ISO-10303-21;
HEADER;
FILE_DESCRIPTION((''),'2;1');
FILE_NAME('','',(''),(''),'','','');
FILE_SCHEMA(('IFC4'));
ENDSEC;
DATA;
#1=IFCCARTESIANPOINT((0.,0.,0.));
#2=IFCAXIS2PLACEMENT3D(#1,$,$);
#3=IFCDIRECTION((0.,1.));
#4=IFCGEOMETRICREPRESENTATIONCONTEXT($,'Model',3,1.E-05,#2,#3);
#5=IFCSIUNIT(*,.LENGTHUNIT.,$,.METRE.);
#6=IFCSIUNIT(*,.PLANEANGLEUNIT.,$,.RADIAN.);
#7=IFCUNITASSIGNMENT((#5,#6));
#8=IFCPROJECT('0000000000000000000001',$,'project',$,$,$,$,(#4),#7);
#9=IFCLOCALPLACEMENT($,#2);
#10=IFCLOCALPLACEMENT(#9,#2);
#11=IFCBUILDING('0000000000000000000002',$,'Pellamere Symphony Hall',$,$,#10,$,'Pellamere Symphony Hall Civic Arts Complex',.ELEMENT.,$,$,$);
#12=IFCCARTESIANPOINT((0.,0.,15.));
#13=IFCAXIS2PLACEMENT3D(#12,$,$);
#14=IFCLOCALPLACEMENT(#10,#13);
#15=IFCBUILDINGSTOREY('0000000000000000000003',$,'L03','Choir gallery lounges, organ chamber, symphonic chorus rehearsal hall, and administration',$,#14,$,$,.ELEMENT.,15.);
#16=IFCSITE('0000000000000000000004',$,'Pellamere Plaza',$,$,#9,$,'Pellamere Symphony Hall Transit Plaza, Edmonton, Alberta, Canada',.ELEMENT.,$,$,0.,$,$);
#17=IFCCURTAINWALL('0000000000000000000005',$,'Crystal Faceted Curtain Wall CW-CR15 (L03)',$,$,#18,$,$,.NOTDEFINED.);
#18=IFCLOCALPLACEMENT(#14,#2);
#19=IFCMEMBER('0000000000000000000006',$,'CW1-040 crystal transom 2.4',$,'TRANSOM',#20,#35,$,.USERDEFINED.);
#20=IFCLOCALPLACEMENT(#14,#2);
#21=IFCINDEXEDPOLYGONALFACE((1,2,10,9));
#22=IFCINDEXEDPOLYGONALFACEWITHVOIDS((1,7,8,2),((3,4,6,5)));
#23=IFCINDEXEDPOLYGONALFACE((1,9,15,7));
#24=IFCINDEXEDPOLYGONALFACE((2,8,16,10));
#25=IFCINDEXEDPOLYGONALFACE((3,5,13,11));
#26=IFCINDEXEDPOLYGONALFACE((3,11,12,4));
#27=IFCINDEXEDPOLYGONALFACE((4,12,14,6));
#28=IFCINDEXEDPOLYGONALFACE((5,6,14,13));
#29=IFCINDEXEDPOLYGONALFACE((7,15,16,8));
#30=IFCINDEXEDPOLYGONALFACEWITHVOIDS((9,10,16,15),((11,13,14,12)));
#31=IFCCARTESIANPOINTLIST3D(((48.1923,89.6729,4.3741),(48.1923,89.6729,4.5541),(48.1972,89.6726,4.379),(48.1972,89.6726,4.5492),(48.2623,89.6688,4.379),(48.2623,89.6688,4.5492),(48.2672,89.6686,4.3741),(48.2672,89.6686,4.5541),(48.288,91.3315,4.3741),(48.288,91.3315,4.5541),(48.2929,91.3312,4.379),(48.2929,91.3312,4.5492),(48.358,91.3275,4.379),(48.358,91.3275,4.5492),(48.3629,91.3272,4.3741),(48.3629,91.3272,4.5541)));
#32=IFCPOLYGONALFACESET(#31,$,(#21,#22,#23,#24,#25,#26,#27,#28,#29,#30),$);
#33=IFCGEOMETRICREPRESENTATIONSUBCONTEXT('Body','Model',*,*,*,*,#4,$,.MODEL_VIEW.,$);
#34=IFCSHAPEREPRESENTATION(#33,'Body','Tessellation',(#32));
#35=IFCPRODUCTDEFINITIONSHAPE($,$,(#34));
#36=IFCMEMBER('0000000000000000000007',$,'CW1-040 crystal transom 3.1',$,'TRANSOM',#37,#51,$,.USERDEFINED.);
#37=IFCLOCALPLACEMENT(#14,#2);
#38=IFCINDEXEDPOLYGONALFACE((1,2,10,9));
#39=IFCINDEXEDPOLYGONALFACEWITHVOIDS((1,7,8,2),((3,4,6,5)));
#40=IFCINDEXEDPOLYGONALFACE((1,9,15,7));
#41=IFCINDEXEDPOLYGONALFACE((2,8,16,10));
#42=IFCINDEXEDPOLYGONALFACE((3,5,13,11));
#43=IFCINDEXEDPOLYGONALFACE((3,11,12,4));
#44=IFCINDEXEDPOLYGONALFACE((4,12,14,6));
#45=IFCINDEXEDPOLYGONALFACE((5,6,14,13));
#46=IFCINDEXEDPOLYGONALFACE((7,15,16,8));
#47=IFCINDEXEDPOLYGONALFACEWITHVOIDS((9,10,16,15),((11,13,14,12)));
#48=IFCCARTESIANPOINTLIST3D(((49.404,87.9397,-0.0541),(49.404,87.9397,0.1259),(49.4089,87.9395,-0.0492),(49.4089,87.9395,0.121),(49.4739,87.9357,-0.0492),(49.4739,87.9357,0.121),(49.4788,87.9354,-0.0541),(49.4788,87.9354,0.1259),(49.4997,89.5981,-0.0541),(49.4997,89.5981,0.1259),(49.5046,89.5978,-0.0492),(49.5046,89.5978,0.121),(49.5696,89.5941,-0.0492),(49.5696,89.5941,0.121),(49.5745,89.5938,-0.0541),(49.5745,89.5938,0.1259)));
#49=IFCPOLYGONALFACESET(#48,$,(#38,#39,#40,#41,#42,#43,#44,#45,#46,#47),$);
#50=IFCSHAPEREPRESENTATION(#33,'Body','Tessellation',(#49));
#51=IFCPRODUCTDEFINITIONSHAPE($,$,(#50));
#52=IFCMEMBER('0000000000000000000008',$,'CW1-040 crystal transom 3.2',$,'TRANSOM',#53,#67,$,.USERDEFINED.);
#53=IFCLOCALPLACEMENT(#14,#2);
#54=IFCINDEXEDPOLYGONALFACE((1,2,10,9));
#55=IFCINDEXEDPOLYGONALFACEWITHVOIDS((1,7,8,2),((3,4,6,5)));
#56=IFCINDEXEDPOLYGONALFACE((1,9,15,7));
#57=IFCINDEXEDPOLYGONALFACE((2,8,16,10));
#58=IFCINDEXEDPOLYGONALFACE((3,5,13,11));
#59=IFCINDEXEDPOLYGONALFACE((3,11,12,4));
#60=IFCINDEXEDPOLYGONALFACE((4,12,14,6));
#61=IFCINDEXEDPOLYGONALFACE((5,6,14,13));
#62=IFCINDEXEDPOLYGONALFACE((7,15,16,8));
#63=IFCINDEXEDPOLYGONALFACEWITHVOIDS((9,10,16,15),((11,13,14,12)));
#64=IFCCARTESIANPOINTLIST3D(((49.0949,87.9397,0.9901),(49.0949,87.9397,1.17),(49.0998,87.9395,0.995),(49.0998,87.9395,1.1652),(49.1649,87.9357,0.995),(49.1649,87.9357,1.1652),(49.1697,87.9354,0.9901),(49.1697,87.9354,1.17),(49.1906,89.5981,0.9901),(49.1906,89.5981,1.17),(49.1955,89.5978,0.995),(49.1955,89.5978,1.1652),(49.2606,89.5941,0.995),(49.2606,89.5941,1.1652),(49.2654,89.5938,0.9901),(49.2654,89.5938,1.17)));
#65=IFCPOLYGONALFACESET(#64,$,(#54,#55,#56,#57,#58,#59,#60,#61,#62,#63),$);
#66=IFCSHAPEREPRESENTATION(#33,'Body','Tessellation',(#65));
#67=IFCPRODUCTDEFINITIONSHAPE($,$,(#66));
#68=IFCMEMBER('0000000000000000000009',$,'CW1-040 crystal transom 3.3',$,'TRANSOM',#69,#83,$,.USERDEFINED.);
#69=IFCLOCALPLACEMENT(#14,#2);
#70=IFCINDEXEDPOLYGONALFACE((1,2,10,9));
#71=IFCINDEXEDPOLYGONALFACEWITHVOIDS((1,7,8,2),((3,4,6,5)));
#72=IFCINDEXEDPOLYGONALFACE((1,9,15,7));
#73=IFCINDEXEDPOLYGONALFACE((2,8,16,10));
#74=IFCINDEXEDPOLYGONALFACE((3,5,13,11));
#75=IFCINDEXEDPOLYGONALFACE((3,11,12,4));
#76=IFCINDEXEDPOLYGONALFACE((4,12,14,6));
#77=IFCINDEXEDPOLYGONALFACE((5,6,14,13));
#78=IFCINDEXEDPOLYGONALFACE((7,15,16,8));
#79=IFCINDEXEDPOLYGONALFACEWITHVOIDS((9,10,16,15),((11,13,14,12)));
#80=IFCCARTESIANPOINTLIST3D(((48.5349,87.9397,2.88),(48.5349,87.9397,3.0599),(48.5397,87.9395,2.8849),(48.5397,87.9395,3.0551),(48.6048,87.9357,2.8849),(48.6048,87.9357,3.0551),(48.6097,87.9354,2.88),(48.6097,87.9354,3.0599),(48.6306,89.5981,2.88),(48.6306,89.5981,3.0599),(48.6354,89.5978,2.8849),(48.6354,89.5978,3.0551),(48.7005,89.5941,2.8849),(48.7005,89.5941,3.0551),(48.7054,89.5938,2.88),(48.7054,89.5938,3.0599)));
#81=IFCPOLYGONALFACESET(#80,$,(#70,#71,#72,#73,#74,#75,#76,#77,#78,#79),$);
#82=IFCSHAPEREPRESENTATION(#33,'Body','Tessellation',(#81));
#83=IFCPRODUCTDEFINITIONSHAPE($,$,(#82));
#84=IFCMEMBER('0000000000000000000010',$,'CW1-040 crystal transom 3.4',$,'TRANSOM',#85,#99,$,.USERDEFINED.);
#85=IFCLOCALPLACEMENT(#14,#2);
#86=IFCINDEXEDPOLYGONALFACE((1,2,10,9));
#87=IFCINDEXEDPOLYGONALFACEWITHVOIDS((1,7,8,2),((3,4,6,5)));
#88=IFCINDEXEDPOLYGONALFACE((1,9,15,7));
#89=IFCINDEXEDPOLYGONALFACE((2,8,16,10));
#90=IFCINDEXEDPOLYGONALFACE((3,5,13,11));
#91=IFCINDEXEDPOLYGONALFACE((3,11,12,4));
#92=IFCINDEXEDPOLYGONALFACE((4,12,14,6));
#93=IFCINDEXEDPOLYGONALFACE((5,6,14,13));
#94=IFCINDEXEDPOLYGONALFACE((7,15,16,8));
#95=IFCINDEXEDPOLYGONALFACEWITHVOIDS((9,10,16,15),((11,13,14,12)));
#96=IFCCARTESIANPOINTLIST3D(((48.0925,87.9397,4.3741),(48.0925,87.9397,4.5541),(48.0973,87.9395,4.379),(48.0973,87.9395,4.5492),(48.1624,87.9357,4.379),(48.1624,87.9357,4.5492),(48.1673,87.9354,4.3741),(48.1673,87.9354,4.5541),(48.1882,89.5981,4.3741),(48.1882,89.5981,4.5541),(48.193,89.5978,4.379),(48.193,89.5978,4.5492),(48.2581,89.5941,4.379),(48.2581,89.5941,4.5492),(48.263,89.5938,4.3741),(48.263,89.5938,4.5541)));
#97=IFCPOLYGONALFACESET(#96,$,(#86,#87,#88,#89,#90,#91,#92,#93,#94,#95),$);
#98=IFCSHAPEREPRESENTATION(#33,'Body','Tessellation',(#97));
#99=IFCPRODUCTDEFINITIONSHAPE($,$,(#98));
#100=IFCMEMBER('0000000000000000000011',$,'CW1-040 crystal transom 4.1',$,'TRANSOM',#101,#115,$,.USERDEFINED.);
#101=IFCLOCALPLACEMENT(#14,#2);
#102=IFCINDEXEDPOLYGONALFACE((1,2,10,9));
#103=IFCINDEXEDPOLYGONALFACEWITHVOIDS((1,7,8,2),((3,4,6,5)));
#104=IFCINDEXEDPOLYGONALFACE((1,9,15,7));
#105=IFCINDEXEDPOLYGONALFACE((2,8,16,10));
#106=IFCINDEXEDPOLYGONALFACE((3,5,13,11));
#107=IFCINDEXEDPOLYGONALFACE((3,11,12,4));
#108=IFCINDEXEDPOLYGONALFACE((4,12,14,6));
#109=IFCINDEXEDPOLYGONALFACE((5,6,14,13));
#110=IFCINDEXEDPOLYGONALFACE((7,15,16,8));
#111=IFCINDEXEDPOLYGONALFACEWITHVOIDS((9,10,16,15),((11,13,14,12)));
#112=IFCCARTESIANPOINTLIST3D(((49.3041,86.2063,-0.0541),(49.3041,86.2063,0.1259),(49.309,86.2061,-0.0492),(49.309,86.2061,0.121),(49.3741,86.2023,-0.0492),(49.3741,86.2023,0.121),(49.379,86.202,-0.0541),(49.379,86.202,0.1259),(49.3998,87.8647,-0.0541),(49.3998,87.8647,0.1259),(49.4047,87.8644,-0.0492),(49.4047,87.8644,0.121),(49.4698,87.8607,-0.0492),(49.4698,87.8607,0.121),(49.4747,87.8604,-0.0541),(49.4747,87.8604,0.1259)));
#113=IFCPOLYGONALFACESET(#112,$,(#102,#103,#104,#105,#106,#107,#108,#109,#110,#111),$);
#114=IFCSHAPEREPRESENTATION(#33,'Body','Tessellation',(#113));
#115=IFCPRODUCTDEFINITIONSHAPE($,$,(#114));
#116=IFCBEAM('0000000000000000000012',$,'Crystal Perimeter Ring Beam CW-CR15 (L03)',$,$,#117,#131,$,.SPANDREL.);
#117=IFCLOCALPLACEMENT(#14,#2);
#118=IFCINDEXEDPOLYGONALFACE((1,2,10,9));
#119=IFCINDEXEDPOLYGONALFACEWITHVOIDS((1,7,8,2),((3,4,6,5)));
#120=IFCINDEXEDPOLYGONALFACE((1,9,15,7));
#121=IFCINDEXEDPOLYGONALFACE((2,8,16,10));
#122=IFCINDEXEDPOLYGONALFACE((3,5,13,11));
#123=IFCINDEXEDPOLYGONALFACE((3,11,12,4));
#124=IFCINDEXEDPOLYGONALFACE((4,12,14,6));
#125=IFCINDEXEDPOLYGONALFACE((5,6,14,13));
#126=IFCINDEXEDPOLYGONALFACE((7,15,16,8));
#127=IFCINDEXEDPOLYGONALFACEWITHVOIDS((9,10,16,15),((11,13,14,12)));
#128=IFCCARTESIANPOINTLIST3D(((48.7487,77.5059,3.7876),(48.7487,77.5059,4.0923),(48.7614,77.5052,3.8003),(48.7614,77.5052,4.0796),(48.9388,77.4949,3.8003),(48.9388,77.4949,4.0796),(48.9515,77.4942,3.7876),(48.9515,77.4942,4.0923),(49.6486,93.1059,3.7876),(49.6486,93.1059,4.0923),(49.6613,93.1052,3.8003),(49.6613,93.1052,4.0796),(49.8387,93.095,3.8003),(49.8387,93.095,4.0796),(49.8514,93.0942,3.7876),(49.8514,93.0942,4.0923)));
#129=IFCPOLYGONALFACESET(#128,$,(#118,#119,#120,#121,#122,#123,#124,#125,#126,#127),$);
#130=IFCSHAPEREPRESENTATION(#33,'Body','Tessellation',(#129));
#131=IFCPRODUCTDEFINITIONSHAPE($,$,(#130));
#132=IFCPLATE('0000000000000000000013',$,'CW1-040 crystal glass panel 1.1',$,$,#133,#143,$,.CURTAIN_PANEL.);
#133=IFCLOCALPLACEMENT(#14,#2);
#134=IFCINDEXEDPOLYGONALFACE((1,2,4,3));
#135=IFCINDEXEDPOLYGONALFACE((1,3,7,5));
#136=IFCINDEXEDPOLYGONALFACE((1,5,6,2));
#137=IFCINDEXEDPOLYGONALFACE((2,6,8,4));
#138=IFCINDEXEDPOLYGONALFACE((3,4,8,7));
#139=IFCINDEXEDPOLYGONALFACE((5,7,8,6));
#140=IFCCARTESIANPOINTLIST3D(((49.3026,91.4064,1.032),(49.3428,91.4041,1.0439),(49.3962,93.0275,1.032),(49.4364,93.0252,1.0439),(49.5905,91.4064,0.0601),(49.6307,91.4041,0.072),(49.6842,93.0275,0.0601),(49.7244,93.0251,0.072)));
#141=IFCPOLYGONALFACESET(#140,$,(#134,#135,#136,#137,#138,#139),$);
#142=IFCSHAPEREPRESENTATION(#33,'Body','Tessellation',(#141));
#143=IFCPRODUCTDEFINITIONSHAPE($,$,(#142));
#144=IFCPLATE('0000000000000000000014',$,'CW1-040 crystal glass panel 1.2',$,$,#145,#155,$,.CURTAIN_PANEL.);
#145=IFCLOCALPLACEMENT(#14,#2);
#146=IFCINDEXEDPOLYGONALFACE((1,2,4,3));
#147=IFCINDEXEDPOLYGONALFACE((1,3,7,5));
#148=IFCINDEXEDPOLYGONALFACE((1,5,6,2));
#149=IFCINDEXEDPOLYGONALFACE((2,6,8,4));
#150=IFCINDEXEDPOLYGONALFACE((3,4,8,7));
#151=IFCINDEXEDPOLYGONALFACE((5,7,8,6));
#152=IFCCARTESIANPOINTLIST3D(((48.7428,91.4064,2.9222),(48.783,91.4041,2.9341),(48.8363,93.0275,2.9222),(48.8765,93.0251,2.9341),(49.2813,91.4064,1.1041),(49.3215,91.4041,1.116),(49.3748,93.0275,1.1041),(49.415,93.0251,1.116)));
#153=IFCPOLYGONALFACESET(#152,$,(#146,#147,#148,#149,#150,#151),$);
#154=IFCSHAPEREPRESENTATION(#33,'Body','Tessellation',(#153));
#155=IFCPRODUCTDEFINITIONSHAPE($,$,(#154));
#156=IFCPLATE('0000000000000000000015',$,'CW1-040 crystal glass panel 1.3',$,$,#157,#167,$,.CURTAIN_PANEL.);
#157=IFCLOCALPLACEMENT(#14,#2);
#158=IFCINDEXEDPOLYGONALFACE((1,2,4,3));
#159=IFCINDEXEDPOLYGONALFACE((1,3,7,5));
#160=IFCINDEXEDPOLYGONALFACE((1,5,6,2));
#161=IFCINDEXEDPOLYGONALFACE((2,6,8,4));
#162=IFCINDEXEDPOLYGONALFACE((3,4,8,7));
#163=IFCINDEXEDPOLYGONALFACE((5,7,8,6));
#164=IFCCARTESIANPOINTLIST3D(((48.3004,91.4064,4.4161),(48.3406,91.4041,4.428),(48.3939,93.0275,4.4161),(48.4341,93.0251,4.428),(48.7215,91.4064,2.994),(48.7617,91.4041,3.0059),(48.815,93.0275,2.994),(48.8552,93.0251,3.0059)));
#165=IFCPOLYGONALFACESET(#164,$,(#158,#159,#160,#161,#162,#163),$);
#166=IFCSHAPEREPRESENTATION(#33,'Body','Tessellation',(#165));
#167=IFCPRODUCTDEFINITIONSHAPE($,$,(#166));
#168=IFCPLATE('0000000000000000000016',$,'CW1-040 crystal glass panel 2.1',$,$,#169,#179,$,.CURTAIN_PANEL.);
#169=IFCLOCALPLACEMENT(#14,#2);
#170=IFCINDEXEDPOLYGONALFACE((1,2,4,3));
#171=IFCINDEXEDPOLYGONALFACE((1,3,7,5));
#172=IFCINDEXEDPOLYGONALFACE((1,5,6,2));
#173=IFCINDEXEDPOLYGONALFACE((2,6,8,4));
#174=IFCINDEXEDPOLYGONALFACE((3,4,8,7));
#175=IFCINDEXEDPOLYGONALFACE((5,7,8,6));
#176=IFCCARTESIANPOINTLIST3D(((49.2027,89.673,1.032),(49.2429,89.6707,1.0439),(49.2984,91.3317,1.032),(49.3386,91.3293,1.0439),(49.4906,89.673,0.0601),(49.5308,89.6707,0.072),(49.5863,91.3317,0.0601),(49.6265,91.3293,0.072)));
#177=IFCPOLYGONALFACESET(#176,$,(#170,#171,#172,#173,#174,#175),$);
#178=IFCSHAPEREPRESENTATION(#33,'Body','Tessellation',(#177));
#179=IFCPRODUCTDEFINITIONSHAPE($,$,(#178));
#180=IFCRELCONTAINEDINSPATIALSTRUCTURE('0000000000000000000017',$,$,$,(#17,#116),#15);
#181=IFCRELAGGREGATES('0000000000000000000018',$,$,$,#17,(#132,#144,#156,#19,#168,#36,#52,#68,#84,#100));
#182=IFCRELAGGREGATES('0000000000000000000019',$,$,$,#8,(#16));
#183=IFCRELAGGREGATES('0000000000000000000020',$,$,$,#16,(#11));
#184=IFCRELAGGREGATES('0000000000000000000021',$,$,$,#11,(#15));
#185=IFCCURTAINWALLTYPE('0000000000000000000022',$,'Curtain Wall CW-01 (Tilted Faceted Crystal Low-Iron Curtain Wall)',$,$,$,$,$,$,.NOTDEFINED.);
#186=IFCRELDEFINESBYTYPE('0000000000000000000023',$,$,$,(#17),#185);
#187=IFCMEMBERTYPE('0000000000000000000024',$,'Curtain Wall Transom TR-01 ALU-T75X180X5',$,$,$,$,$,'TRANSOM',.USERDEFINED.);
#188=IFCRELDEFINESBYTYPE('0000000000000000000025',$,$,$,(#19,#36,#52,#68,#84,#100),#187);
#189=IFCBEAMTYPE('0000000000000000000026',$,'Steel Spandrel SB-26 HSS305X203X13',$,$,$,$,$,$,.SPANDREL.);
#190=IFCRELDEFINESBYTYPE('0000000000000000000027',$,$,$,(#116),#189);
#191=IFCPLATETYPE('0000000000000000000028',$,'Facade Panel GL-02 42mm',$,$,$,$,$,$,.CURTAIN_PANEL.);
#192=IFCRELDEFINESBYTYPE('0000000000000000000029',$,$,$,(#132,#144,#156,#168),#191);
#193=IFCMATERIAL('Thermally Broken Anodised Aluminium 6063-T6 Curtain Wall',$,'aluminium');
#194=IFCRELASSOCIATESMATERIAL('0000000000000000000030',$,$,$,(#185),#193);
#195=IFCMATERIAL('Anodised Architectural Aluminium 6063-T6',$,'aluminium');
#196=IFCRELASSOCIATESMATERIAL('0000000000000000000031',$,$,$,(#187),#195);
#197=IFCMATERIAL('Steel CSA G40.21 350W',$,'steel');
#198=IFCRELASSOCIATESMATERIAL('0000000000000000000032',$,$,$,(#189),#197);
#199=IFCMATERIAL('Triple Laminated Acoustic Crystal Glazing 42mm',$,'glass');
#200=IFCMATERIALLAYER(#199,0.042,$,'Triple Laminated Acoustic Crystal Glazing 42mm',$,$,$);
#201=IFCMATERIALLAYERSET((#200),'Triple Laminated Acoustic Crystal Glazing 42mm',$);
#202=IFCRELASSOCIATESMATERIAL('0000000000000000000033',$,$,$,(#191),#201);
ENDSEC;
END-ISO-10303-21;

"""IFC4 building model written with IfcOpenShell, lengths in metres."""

from ifc_helpers import new_model, si_unit, direction, frame, origin, origin_2d, place, context, subcontext, project, spatial, polyline, hollow_rectangle, outline, extrude, material, layer, layer_set, material_profile, profile_set, type_object, element, aggregate, save


model = new_model("IFC4")

# Units and contexts
model_context = context("Model", 3, precision=1e-05, world=origin(), true_north=direction((0.0, 1.0)))
body_context = subcontext(model_context, "Body", "Model", "MODEL_VIEW")
ifc_project = project(units=[si_unit("LENGTHUNIT", "METRE"), si_unit("PLANEANGLEUNIT", "RADIAN")], contexts=[model_context])

# Site, building, storey
site_placement = place(None, origin())
site = spatial("IfcSite", under=ifc_project, at=site_placement, Name="Pellamere Plaza", LongName="Pellamere Symphony Hall Transit Plaza, Edmonton, Alberta, Canada", CompositionType="ELEMENT", RefElevation=0.0)
building_placement = place(site_placement, origin())
building = spatial("IfcBuilding", under=site, at=building_placement, Name="Pellamere Symphony Hall", LongName="Pellamere Symphony Hall Civic Arts Complex", CompositionType="ELEMENT")
storey_placement = place(building_placement, frame((0.0, 0.0, 15.0)))
storey = spatial("IfcBuildingStorey", under=building, at=storey_placement, Name="L03", Description="Choir gallery lounges, organ chamber, symphonic chorus rehearsal hall, and administration", CompositionType="ELEMENT", Elevation=15.0)

# Curtain wall, members
ifc_material_1 = material(Name="Thermally Broken Anodised Aluminium 6063-T6 Curtain Wall", Category="aluminium")
curtain_wall_type = type_object("IfcCurtainWallType", Name="Curtain Wall CW-01 (Tilted Faceted Crystal Low-Iron Curtain Wall)", PredefinedType="NOTDEFINED", material=ifc_material_1)
curtain_wall_placement = place(storey_placement, origin())
curtain_wall = element("IfcCurtainWall", 1, at=curtain_wall_placement, inside=storey, type_object=curtain_wall_type, Name="Crystal Faceted Curtain Wall CW-CR15 (L03)", PredefinedType="NOTDEFINED")
ifc_material_2 = material(Name="Anodised Architectural Aluminium 6063-T6", Category="aluminium")
ifc_material_profile_1 = material_profile(ifc_material_2, hollow_rectangle(XDim=0.075, YDim=0.1799, WallThickness=0.0049, at=origin_2d()), Name="ALU-T75X180X5")
ifc_profile_set_1 = profile_set([ifc_material_profile_1], Name="Anodised Architectural Aluminium 6063-T6")
member_type_1 = type_object("IfcMemberType", Name="Curtain Wall Transom TR-01 ALU-T75X180X5", ElementType="TRANSOM", PredefinedType="USERDEFINED", material=ifc_profile_set_1)
member_1_placement = place(storey_placement, frame((48.3254, 91.3293, 4.4641), z_axis=(-0.057602, -0.99834, 0.0), x_axis=(0.99834, -0.057602, 0.0)))
member_1 = element("IfcMember", 2, at=member_1_placement, type_object=member_type_1, Name="CW1-040 crystal transom 2.4", ObjectType="TRANSOM", PredefinedType="USERDEFINED", context=body_context, shape_type="SweptSolid", body=[
    extrude(hollow_rectangle(XDim=0.075, YDim=0.1799, WallThickness=0.0049, at=origin_2d()), origin(), (0.0, 0.0, 1.0), 1.6614),
])
member_2_placement = place(storey_placement, frame((49.5371, 89.5959, 0.0359), z_axis=(-0.057611, -0.998339, 0.0), x_axis=(0.998339, -0.057611, 0.0)))
member_2 = element("IfcMember", 3, at=member_2_placement, type_object=member_type_1, Name="CW1-040 crystal transom 3.1", ObjectType="TRANSOM", PredefinedType="USERDEFINED", context=body_context, shape_type="SweptSolid", body=[
    extrude(hollow_rectangle(XDim=0.075, YDim=0.1799, WallThickness=0.0049, at=origin_2d()), origin(), (0.0, 0.0, 1.0), 1.6611),
])
member_3_placement = place(storey_placement, frame((49.228, 89.5959, 1.0801), z_axis=(-0.057611, -0.998339, 0.0), x_axis=(0.998339, -0.057611, 0.0)))
member_3 = element("IfcMember", 4, at=member_3_placement, type_object=member_type_1, Name="CW1-040 crystal transom 3.2", ObjectType="TRANSOM", PredefinedType="USERDEFINED", context=body_context, shape_type="SweptSolid", body=[
    extrude(hollow_rectangle(XDim=0.075, YDim=0.1799, WallThickness=0.0049, at=origin_2d()), origin(), (0.0, 0.0, 1.0), 1.6611),
])
member_4_placement = place(storey_placement, frame((48.668, 89.5959, 2.97), z_axis=(-0.057611, -0.998339, 0.0), x_axis=(0.998339, -0.057611, 0.0)))
member_4 = element("IfcMember", 5, at=member_4_placement, type_object=member_type_1, Name="CW1-040 crystal transom 3.3", ObjectType="TRANSOM", PredefinedType="USERDEFINED", context=body_context, shape_type="SweptSolid", body=[
    extrude(hollow_rectangle(XDim=0.075, YDim=0.1799, WallThickness=0.0049, at=origin_2d()), origin(), (0.0, 0.0, 1.0), 1.6611),
])
member_5_placement = place(storey_placement, frame((48.2256, 89.5959, 4.4641), z_axis=(-0.057611, -0.998339, 0.0), x_axis=(0.998339, -0.057611, 0.0)))
member_5 = element("IfcMember", 6, at=member_5_placement, type_object=member_type_1, Name="CW1-040 crystal transom 3.4", ObjectType="TRANSOM", PredefinedType="USERDEFINED", context=body_context, shape_type="SweptSolid", body=[
    extrude(hollow_rectangle(XDim=0.075, YDim=0.1799, WallThickness=0.0049, at=origin_2d()), origin(), (0.0, 0.0, 1.0), 1.6611),
])
member_6_placement = place(storey_placement, frame((49.4373, 87.8625, 0.0359), z_axis=(-0.057611, -0.998339, 0.0), x_axis=(0.998339, -0.057611, 0.0)))
member_6 = element("IfcMember", 7, at=member_6_placement, type_object=member_type_1, Name="CW1-040 crystal transom 4.1", ObjectType="TRANSOM", PredefinedType="USERDEFINED", context=body_context, shape_type="SweptSolid", body=[
    extrude(hollow_rectangle(XDim=0.075, YDim=0.1799, WallThickness=0.0049, at=origin_2d()), origin(), (0.0, 0.0, 1.0), 1.6611),
])

# Beam
ifc_material_3 = material(Name="Steel CSA G40.21 350W", Category="steel")
ifc_material_profile_2 = material_profile(ifc_material_3, hollow_rectangle(XDim=0.2031, YDim=0.3047, WallThickness=0.0127, at=origin_2d()), Name="HSS305X203X13")
ifc_profile_set_2 = profile_set([ifc_material_profile_2], Name="Steel CSA G40.21 350W")
beam_type = type_object("IfcBeamType", Name="Steel Spandrel SB-26 HSS305X203X13", PredefinedType="SPANDREL", material=ifc_profile_set_2)
beam_placement = place(storey_placement, frame((49.75, 93.1001, 3.9399), z_axis=(-0.05759, -0.99834, 0.0), x_axis=(0.99834, -0.05759, 0.0)))
element("IfcBeam", 8, at=beam_placement, inside=storey, type_object=beam_type, Name="Crystal Perimeter Ring Beam CW-CR15 (L03)", PredefinedType="SPANDREL", context=body_context, shape_type="SweptSolid", body=[
    extrude(hollow_rectangle(XDim=0.2031, YDim=0.3047, WallThickness=0.0127, at=origin_2d()), origin(), (0.0, 0.0, 1.0), 15.626),
])

# Plates
ifc_material_4 = material(Name="Triple Laminated Acoustic Crystal Glazing 42mm", Category="glass")
ifc_layer_1 = layer(ifc_material_4, 0.042, Name="Triple Laminated Acoustic Crystal Glazing 42mm")
ifc_layer_set_1 = layer_set([ifc_layer_1], Name="Triple Laminated Acoustic Crystal Glazing 42mm")
plate_type_1 = type_object("IfcPlateType", Name="Facade Panel GL-02 42mm", PredefinedType="CURTAIN_PANEL", material=ifc_layer_set_1)
plate_1_placement = place(storey_placement, frame((49.7244, 93.0251, 0.072), z_axis=(0.957335, -0.055292, 0.283641), x_axis=(-0.057654, -0.998337, -0.00002)))
plate_1 = element("IfcPlate", 9, at=plate_1_placement, type_object=plate_type_1, Name="CW1-040 crystal glass panel 1.1", PredefinedType="CURTAIN_PANEL", context=body_context, shape_type="SweptSolid", body=[
    extrude(outline(polyline([(0.0, 0.0), (1.6238, 0.0), (1.6404, -1.0136), (0.0166, -1.0135), (0.0, 0.0)])), origin(), (0.0, 0.0, -1.0), 0.042),
])
plate_2_placement = place(storey_placement, frame((49.415, 93.0251, 1.116), z_axis=(0.957353, -0.055221, 0.283594), x_axis=(-0.057585, -0.998341, 0.0)))
plate_2 = element("IfcPlate", 10, at=plate_2_placement, type_object=plate_type_1, Name="CW1-040 crystal glass panel 1.2", PredefinedType="CURTAIN_PANEL", context=body_context, shape_type="SweptSolid", body=[
    extrude(outline(polyline([(0.0, 0.0), (1.6238, 0.0), (1.6548, -1.896), (0.031, -1.896), (0.0, 0.0)])), origin(), (0.0, 0.0, -1.0), 0.042),
])
plate_3_placement = place(storey_placement, frame((48.8552, 93.0251, 3.0059), z_axis=(0.957377, -0.055222, 0.283515), x_axis=(-0.057585, -0.998341, 0.0)))
plate_3 = element("IfcPlate", 11, at=plate_3_placement, type_object=plate_type_1, Name="CW1-040 crystal glass panel 1.3", PredefinedType="CURTAIN_PANEL", context=body_context, shape_type="SweptSolid", body=[
    extrude(outline(polyline([(0.0, 0.0), (1.6238, 0.0), (1.648, -1.483), (0.0243, -1.483), (0.0, 0.0)])), origin(), (0.0, 0.0, -1.0), 0.042),
])
plate_4_placement = place(storey_placement, frame((49.6265, 91.3293, 0.072), z_axis=(0.957371, -0.055238, 0.283532), x_axis=(-0.057602, -0.99834, 0.0)))
plate_4 = element("IfcPlate", 12, at=plate_4_placement, type_object=plate_type_1, Name="CW1-040 crystal glass panel 2.1", PredefinedType="CURTAIN_PANEL", context=body_context, shape_type="SweptSolid", body=[
    extrude(outline(polyline([(0.0, 0.0), (1.6615, 0.0), (1.678, -1.0135), (0.0166, -1.0135), (0.0, 0.0)])), origin(), (0.0, 0.0, -1.0), 0.042),
])
aggregate(curtain_wall, [plate_1, plate_2, plate_3, member_1, plate_4, member_2, member_3, member_4, member_5, member_6])

save(model, "model.ifc")
